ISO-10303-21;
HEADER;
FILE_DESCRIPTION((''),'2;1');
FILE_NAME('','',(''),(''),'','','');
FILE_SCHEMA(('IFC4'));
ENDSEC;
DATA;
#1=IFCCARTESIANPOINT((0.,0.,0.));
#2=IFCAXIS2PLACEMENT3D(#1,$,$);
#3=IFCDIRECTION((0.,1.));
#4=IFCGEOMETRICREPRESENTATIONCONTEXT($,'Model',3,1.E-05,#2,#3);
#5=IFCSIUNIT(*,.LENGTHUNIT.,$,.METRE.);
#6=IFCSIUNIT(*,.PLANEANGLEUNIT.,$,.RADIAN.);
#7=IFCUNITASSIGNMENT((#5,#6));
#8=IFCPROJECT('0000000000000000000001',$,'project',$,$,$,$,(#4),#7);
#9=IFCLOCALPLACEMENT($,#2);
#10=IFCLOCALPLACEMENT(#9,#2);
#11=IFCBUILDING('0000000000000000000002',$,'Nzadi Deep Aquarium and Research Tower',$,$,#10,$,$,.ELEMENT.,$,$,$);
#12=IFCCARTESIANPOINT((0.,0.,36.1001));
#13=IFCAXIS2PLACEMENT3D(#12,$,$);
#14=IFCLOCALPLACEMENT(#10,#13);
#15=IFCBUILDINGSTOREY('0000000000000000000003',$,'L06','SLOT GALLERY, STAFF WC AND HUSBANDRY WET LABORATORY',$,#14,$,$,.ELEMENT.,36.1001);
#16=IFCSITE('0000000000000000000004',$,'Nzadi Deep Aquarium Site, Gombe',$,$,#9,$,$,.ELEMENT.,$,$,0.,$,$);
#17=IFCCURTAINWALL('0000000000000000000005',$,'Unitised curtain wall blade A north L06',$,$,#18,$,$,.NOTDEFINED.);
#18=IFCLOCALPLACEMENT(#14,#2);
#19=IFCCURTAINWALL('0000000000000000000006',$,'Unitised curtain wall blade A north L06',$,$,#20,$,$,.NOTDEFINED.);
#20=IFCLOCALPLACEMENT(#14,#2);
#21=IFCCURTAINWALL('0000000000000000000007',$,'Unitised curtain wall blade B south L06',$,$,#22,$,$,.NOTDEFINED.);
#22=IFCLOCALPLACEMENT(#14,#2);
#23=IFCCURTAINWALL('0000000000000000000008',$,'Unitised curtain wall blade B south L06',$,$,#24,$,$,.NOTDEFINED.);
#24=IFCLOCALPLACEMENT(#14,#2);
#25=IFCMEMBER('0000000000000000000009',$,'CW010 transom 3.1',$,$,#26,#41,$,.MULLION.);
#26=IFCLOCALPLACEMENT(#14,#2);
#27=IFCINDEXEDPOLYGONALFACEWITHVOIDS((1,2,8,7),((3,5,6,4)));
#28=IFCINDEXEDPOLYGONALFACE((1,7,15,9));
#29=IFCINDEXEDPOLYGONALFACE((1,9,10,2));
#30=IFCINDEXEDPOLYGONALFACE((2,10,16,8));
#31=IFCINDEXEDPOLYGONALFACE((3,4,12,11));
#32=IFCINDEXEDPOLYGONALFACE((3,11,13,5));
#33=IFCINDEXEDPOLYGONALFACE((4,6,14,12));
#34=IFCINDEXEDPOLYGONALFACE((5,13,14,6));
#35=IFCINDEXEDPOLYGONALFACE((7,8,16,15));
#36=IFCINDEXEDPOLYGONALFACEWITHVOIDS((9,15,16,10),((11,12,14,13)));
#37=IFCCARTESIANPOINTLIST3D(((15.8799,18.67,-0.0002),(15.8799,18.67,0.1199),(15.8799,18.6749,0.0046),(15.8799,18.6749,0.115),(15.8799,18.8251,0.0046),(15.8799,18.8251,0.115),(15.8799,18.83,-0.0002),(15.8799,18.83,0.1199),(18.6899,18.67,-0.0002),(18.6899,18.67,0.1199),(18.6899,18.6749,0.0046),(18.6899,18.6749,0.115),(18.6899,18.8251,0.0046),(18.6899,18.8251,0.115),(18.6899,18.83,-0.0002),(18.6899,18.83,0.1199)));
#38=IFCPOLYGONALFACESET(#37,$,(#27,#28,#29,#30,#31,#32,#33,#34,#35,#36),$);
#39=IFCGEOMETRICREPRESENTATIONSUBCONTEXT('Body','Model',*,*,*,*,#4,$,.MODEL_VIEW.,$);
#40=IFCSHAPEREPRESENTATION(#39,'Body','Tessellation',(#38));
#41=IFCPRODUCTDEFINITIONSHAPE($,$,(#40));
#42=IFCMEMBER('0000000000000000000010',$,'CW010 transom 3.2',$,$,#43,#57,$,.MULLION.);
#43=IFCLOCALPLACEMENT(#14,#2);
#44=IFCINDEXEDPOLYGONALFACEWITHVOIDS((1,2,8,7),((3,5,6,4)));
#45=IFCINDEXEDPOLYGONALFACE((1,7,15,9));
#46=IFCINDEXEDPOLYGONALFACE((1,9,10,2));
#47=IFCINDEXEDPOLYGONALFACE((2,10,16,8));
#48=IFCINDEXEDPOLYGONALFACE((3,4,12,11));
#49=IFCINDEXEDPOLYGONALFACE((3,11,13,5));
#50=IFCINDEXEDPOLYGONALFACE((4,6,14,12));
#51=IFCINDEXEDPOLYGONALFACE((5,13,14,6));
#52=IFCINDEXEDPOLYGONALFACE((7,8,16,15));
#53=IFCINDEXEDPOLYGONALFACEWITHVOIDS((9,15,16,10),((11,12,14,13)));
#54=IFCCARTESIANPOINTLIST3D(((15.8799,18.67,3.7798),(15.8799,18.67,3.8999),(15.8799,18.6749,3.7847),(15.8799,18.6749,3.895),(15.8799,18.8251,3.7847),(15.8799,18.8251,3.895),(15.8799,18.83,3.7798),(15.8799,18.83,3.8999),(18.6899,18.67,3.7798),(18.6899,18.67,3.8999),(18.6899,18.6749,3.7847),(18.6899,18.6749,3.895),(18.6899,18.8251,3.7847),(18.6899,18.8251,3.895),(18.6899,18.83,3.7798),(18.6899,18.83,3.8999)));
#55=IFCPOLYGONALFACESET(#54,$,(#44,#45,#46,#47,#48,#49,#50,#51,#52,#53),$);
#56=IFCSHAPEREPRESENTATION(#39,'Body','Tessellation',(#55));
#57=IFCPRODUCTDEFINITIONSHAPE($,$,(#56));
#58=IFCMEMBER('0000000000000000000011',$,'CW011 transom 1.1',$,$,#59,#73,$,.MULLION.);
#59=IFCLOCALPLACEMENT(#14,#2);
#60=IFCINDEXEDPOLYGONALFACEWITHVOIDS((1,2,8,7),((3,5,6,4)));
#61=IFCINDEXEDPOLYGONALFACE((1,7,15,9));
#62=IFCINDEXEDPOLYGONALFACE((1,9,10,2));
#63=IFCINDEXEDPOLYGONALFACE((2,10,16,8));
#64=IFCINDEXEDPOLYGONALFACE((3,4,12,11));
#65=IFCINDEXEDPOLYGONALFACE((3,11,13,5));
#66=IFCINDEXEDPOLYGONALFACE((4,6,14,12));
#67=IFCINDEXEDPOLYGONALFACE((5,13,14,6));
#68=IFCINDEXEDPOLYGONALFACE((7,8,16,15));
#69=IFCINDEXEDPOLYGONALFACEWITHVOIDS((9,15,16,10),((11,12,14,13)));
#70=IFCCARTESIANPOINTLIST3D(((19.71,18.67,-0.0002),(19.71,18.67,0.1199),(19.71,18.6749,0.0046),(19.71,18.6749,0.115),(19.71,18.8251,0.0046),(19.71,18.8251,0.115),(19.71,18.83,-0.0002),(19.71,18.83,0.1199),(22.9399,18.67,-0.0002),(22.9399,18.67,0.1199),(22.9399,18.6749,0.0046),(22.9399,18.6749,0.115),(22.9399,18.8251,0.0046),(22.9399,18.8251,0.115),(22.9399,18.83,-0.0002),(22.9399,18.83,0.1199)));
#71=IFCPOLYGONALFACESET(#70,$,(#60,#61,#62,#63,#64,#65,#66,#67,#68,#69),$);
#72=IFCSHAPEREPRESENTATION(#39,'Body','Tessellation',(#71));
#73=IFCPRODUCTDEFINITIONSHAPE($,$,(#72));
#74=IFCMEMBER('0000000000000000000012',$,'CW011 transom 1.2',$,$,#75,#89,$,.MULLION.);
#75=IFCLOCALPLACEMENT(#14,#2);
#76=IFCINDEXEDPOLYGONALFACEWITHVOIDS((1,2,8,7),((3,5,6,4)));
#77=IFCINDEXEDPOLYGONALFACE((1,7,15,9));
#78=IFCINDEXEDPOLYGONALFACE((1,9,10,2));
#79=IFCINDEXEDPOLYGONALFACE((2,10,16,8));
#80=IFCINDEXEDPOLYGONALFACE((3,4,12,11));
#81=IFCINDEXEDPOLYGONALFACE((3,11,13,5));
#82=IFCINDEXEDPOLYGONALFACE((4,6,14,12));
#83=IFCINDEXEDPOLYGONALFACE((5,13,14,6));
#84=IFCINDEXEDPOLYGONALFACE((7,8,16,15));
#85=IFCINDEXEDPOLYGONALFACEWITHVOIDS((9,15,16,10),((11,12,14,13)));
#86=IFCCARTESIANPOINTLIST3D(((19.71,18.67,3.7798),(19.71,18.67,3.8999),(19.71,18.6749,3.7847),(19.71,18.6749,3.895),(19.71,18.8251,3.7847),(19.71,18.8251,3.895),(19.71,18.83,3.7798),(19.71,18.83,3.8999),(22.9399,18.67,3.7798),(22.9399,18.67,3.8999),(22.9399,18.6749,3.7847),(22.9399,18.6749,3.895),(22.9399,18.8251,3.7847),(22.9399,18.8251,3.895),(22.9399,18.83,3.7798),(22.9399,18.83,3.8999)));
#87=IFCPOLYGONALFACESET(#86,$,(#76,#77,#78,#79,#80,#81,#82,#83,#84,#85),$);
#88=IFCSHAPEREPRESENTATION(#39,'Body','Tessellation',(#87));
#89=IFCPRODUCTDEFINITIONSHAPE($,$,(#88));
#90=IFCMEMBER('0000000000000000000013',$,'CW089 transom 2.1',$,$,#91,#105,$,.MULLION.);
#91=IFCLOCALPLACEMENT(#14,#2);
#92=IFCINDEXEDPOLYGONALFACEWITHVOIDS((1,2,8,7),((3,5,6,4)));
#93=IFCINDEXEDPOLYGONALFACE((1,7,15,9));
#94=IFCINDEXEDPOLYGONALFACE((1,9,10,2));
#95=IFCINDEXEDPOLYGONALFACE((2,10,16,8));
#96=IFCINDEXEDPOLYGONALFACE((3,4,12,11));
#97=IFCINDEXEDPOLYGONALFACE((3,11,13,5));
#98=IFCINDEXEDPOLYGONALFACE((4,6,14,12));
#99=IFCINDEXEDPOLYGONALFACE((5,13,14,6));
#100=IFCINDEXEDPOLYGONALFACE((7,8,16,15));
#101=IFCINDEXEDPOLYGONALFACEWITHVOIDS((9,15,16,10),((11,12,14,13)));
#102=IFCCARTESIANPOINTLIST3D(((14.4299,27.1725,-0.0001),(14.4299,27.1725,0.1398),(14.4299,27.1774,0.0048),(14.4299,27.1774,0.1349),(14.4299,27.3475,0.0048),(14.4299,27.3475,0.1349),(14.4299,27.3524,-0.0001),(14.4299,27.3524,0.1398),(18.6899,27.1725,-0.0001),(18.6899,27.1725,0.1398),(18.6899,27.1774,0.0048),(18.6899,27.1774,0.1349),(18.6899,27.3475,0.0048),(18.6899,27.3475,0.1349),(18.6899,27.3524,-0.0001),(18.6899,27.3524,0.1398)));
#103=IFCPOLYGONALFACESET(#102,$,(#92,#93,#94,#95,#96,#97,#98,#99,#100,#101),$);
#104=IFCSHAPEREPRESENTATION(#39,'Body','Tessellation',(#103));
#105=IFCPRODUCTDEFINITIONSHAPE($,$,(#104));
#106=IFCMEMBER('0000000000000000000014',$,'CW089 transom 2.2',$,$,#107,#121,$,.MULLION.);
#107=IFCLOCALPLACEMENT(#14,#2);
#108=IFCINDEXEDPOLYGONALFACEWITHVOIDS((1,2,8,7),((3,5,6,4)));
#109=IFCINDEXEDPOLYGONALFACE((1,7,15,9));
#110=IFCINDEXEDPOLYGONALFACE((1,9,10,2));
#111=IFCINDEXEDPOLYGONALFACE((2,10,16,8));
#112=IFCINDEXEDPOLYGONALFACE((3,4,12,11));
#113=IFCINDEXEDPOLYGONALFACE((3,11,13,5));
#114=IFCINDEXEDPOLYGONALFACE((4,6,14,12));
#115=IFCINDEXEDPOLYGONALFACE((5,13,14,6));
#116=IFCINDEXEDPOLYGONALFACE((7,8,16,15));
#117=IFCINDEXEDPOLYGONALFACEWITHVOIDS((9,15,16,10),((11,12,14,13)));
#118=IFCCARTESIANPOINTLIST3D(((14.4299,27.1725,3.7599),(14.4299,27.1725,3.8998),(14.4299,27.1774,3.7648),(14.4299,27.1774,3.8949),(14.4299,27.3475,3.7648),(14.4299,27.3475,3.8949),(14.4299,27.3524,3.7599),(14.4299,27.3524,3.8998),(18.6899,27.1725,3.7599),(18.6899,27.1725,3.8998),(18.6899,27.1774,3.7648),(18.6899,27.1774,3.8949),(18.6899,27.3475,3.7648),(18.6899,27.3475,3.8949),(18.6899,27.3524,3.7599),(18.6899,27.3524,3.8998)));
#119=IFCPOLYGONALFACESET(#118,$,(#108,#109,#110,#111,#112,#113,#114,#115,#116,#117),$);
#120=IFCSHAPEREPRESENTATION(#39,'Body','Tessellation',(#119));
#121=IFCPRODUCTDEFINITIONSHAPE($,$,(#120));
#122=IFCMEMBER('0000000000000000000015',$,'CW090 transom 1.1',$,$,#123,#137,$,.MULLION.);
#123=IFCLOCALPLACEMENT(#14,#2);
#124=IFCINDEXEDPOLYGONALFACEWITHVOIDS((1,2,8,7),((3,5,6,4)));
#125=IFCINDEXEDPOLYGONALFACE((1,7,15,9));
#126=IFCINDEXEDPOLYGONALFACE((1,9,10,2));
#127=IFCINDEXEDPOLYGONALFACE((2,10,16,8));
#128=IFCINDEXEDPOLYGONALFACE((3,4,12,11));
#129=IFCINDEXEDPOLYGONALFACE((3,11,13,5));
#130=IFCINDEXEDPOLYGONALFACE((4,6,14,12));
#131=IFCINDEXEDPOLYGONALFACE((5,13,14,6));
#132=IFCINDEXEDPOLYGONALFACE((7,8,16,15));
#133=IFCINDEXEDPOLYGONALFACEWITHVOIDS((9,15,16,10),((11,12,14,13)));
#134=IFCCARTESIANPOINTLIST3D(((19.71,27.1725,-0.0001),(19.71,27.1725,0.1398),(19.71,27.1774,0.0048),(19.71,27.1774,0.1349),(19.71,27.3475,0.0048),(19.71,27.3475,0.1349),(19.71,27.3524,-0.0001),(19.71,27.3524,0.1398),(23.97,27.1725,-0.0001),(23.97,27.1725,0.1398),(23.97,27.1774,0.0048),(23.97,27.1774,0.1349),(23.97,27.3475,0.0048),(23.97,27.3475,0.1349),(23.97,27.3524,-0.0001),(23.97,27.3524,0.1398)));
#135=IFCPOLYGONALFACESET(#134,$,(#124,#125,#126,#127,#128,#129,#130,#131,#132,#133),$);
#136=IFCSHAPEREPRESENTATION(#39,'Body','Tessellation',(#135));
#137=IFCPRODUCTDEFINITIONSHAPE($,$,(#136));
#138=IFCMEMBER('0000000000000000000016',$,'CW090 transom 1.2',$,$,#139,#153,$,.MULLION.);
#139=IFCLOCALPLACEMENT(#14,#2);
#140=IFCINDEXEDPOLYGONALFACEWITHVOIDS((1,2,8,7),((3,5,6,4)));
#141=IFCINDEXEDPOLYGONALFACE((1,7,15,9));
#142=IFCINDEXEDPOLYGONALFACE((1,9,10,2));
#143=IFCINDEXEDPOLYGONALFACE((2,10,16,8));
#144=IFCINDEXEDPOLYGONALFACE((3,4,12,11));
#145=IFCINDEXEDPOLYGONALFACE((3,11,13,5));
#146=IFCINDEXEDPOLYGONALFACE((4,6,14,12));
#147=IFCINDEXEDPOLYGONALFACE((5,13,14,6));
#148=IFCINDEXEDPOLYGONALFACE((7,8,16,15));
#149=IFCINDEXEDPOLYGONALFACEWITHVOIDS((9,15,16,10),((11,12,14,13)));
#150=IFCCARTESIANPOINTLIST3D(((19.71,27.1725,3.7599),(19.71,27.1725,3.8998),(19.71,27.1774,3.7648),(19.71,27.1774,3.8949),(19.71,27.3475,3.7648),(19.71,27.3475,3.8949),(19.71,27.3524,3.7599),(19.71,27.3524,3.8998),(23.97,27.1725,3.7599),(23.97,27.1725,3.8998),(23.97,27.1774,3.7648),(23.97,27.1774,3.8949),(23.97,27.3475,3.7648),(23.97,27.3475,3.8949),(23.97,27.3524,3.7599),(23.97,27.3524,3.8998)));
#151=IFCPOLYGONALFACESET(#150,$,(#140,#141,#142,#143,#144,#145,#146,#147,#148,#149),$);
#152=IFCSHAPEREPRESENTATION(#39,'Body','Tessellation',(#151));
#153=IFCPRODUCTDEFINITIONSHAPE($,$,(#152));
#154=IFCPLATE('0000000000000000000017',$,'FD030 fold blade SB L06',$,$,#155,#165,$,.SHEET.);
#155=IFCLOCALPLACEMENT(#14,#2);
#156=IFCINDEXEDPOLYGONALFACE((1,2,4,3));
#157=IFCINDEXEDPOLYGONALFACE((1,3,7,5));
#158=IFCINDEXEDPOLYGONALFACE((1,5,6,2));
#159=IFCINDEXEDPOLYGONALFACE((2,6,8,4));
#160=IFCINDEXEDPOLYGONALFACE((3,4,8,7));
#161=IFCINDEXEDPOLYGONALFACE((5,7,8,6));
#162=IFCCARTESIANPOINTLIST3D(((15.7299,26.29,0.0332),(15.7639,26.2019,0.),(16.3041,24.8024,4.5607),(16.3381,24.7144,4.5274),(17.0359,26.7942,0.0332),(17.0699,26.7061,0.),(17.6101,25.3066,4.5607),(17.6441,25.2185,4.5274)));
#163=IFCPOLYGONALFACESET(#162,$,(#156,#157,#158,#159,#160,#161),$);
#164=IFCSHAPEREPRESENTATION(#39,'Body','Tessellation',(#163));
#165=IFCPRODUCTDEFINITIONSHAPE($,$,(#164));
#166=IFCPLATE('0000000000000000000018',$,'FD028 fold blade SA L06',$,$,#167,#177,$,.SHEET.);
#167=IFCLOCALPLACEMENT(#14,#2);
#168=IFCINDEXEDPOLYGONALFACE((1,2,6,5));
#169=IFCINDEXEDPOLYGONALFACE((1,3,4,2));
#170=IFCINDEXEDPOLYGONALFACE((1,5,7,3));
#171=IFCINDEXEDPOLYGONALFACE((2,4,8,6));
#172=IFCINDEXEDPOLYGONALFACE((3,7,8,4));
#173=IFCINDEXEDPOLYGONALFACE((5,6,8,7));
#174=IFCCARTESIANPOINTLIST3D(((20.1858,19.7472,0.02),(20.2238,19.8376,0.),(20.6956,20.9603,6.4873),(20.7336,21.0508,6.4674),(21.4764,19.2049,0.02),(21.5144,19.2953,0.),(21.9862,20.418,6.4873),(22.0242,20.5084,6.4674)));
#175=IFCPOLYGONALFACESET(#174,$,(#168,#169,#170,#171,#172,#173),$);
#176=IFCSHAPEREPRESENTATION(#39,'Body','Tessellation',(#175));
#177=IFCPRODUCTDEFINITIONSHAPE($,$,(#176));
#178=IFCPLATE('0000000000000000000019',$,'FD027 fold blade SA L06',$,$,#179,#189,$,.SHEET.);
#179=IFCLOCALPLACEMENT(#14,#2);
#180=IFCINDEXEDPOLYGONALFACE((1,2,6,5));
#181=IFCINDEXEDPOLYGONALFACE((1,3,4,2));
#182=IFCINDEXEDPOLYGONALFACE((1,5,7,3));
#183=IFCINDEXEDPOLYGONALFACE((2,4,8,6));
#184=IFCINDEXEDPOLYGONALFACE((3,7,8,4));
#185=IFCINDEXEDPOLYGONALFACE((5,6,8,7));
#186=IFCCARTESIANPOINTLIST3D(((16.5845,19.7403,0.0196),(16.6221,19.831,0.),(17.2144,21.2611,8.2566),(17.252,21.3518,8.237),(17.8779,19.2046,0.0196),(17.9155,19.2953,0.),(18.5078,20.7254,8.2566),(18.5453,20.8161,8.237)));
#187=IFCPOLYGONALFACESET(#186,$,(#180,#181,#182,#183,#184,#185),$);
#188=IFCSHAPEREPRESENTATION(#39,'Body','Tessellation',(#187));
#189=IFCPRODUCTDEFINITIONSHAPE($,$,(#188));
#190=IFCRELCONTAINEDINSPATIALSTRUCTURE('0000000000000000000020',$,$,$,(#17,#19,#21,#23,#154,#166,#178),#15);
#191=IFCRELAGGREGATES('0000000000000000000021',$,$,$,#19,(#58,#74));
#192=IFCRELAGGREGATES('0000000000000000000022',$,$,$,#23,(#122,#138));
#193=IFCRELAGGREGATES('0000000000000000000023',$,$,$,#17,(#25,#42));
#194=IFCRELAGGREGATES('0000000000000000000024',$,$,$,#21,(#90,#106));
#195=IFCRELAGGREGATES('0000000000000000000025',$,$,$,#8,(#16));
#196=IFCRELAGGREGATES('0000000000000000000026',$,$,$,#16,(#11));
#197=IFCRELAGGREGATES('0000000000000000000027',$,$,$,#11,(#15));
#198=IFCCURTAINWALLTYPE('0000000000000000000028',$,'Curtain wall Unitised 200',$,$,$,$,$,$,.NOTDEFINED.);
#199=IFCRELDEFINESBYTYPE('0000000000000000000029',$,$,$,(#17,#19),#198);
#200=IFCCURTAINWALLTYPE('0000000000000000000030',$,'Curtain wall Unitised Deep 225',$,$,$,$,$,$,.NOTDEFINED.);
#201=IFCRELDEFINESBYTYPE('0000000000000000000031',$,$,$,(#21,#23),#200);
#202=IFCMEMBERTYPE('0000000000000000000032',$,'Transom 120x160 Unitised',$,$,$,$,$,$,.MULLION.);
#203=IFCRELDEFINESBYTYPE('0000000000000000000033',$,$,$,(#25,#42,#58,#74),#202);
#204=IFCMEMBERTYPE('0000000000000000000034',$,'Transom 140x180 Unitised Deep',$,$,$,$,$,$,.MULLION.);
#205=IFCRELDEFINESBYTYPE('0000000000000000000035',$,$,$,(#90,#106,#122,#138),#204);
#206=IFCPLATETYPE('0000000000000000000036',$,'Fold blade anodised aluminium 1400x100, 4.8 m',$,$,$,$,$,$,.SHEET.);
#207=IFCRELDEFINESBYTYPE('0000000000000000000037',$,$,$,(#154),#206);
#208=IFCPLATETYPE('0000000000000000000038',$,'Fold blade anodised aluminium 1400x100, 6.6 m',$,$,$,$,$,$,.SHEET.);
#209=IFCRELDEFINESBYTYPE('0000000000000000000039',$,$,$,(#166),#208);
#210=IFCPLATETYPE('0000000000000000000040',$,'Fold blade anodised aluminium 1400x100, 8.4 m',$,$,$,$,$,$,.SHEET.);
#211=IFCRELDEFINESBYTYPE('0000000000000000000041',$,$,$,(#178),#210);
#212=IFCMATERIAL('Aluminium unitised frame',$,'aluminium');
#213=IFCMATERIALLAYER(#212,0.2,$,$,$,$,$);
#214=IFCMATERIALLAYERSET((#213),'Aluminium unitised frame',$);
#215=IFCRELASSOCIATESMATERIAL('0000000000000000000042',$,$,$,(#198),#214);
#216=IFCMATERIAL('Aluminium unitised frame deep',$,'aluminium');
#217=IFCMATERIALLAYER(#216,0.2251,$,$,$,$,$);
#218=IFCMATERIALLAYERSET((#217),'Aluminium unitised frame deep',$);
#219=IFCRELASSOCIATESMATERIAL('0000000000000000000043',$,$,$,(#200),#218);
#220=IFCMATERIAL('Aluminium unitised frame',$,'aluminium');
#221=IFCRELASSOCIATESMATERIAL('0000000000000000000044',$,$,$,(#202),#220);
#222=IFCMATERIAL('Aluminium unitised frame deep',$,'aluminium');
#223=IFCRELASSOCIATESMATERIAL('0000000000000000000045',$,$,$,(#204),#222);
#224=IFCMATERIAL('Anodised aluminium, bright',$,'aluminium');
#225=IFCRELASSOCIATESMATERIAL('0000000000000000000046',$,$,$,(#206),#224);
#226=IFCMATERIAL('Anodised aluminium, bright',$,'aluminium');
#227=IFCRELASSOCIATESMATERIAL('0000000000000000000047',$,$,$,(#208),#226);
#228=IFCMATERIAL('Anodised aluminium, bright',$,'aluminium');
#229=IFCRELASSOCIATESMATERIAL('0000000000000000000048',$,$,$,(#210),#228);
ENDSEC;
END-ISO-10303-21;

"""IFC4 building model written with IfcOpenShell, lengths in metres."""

from ifc_helpers import new_model, si_unit, direction, frame, origin, origin_2d, place, context, subcontext, project, spatial, rectangle, hollow_rectangle, extrude, material, layer, layer_set, material_profile, profile_set, type_object, element, aggregate, save


model = new_model("IFC4")

# Units and contexts
model_context = context("Model", 3, precision=1e-05, world=origin(), true_north=direction((0.0, 1.0)))
body_context = subcontext(model_context, "Body", "Model", "MODEL_VIEW")
ifc_project = project(units=[si_unit("LENGTHUNIT", "METRE"), si_unit("PLANEANGLEUNIT", "RADIAN")], contexts=[model_context])

# Site, building, storey
site_placement = place(None, origin())
site = spatial("IfcSite", under=ifc_project, at=site_placement, Name="Nzadi Deep Aquarium Site, Gombe", CompositionType="ELEMENT", RefElevation=0.0)
building_placement = place(site_placement, origin())
building = spatial("IfcBuilding", under=site, at=building_placement, Name="Nzadi Deep Aquarium and Research Tower", CompositionType="ELEMENT")
storey_placement = place(building_placement, frame((0.0, 0.0, 36.1001)))
storey = spatial("IfcBuildingStorey", under=building, at=storey_placement, Name="L06", Description="SLOT GALLERY, STAFF WC AND HUSBANDRY WET LABORATORY", CompositionType="ELEMENT", Elevation=36.1001)

# Curtain wall
ifc_material_1 = material(Name="Aluminium unitised frame", Category="aluminium")
ifc_layer_1 = layer(ifc_material_1, 0.2)
ifc_layer_set_1 = layer_set([ifc_layer_1], Name="Aluminium unitised frame")
curtain_wall_type_1 = type_object("IfcCurtainWallType", Name="Curtain wall Unitised 200", PredefinedType="NOTDEFINED", material=ifc_layer_set_1)
curtain_wall_1_placement = place(storey_placement, origin())
curtain_wall_1 = element("IfcCurtainWall", 1, at=curtain_wall_1_placement, inside=storey, type_object=curtain_wall_type_1, Name="Unitised curtain wall blade A north L06", PredefinedType="NOTDEFINED")

# Curtain wall
curtain_wall_2_placement = place(storey_placement, origin())
curtain_wall_2 = element("IfcCurtainWall", 2, at=curtain_wall_2_placement, inside=storey, type_object=curtain_wall_type_1, Name="Unitised curtain wall blade A north L06", PredefinedType="NOTDEFINED")

# Curtain wall
ifc_material_2 = material(Name="Aluminium unitised frame deep", Category="aluminium")
ifc_layer_2 = layer(ifc_material_2, 0.2251)
ifc_layer_set_2 = layer_set([ifc_layer_2], Name="Aluminium unitised frame deep")
curtain_wall_type_2 = type_object("IfcCurtainWallType", Name="Curtain wall Unitised Deep 225", PredefinedType="NOTDEFINED", material=ifc_layer_set_2)
curtain_wall_3_placement = place(storey_placement, origin())
curtain_wall_3 = element("IfcCurtainWall", 3, at=curtain_wall_3_placement, inside=storey, type_object=curtain_wall_type_2, Name="Unitised curtain wall blade B south L06", PredefinedType="NOTDEFINED")

# Curtain wall
curtain_wall_4_placement = place(storey_placement, origin())
curtain_wall_4 = element("IfcCurtainWall", 4, at=curtain_wall_4_placement, inside=storey, type_object=curtain_wall_type_2, Name="Unitised curtain wall blade B south L06", PredefinedType="NOTDEFINED")

# Members
ifc_material_3 = material(Name="Aluminium unitised frame", Category="aluminium")
ifc_material_profile_1 = material_profile(ifc_material_3, hollow_rectangle(XDim=0.1599, YDim=0.1201, WallThickness=0.0049, at=origin_2d()))
ifc_profile_set_1 = profile_set([ifc_material_profile_1], Name="Aluminium unitised frame")
member_type_1 = type_object("IfcMemberType", Name="Transom 120x160 Unitised", PredefinedType="MULLION", material=ifc_profile_set_1)
member_1_placement = place(storey_placement, frame((15.8799, 18.75, 0.0598), z_axis=(1.0, 0.0, 0.0), x_axis=(0.0, 1.0, 0.0)))
member_1 = element("IfcMember", 5, at=member_1_placement, type_object=member_type_1, Name="CW010 transom 3.1", PredefinedType="MULLION", context=body_context, shape_type="SweptSolid", body=[
    extrude(hollow_rectangle(XDim=0.1599, YDim=0.1201, WallThickness=0.0049, at=origin_2d()), origin(), (0.0, 0.0, 1.0), 2.8101),
])
member_2_placement = place(storey_placement, frame((15.8799, 18.75, 3.8398), z_axis=(1.0, 0.0, 0.0), x_axis=(0.0, 1.0, 0.0)))
member_2 = element("IfcMember", 6, at=member_2_placement, type_object=member_type_1, Name="CW010 transom 3.2", PredefinedType="MULLION", context=body_context, shape_type="SweptSolid", body=[
    extrude(hollow_rectangle(XDim=0.1599, YDim=0.1201, WallThickness=0.0049, at=origin_2d()), origin(), (0.0, 0.0, 1.0), 2.8101),
])
member_3_placement = place(storey_placement, frame((19.71, 18.75, 0.0598), z_axis=(1.0, 0.0, 0.0), x_axis=(0.0, 1.0, 0.0)))
member_3 = element("IfcMember", 7, at=member_3_placement, type_object=member_type_1, Name="CW011 transom 1.1", PredefinedType="MULLION", context=body_context, shape_type="SweptSolid", body=[
    extrude(hollow_rectangle(XDim=0.1599, YDim=0.1201, WallThickness=0.0049, at=origin_2d()), origin(), (0.0, 0.0, 1.0), 3.23),
])
member_4_placement = place(storey_placement, frame((19.71, 18.75, 3.8398), z_axis=(1.0, 0.0, 0.0), x_axis=(0.0, 1.0, 0.0)))
member_4 = element("IfcMember", 8, at=member_4_placement, type_object=member_type_1, Name="CW011 transom 1.2", PredefinedType="MULLION", context=body_context, shape_type="SweptSolid", body=[
    extrude(hollow_rectangle(XDim=0.1599, YDim=0.1201, WallThickness=0.0049, at=origin_2d()), origin(), (0.0, 0.0, 1.0), 3.23),
])
aggregate(curtain_wall_2, [member_3, member_4])
ifc_material_4 = material(Name="Aluminium unitised frame deep", Category="aluminium")
ifc_material_profile_2 = material_profile(ifc_material_4, hollow_rectangle(XDim=0.1799, YDim=0.1399, WallThickness=0.0049, at=origin_2d()))
ifc_profile_set_2 = profile_set([ifc_material_profile_2], Name="Aluminium unitised frame deep")
member_type_2 = type_object("IfcMemberType", Name="Transom 140x180 Unitised Deep", PredefinedType="MULLION", material=ifc_profile_set_2)
member_5_placement = place(storey_placement, frame((14.4299, 27.2625, 0.0698), z_axis=(1.0, 0.0, 0.0), x_axis=(0.0, 1.0, 0.0)))
member_5 = element("IfcMember", 9, at=member_5_placement, type_object=member_type_2, Name="CW089 transom 2.1", PredefinedType="MULLION", context=body_context, shape_type="SweptSolid", body=[
    extrude(hollow_rectangle(XDim=0.1799, YDim=0.1399, WallThickness=0.0049, at=origin_2d()), origin(), (0.0, 0.0, 1.0), 4.26),
])
member_6_placement = place(storey_placement, frame((14.4299, 27.2625, 3.8298), z_axis=(1.0, 0.0, 0.0), x_axis=(0.0, 1.0, 0.0)))
member_6 = element("IfcMember", 10, at=member_6_placement, type_object=member_type_2, Name="CW089 transom 2.2", PredefinedType="MULLION", context=body_context, shape_type="SweptSolid", body=[
    extrude(hollow_rectangle(XDim=0.1799, YDim=0.1399, WallThickness=0.0049, at=origin_2d()), origin(), (0.0, 0.0, 1.0), 4.26),
])
member_7_placement = place(storey_placement, frame((19.71, 27.2625, 0.0698), z_axis=(1.0, 0.0, 0.0), x_axis=(0.0, 1.0, 0.0)))
member_7 = element("IfcMember", 11, at=member_7_placement, type_object=member_type_2, Name="CW090 transom 1.1", PredefinedType="MULLION", context=body_context, shape_type="SweptSolid", body=[
    extrude(hollow_rectangle(XDim=0.1799, YDim=0.1399, WallThickness=0.0049, at=origin_2d()), origin(), (0.0, 0.0, 1.0), 4.26),
])
member_8_placement = place(storey_placement, frame((19.71, 27.2625, 3.8298), z_axis=(1.0, 0.0, 0.0), x_axis=(0.0, 1.0, 0.0)))
member_8 = element("IfcMember", 12, at=member_8_placement, type_object=member_type_2, Name="CW090 transom 1.2", PredefinedType="MULLION", context=body_context, shape_type="SweptSolid", body=[
    extrude(hollow_rectangle(XDim=0.1799, YDim=0.1399, WallThickness=0.0049, at=origin_2d()), origin(), (0.0, 0.0, 1.0), 4.26),
])
aggregate(curtain_wall_4, [member_7, member_8])

# Plates
ifc_material_5 = material(Name="Anodised aluminium, bright", Category="aluminium")
ifc_material_profile_3 = material_profile(ifc_material_5, rectangle(XDim=1.3999, YDim=0.1001, at=origin_2d()))
ifc_profile_set_3 = profile_set([ifc_material_profile_3], Name="Anodised aluminium, bright")
plate_type_1 = type_object("IfcPlateType", Name="Fold blade anodised aluminium 1400x100, 4.8 m", PredefinedType="SHEET", material=ifc_profile_set_3)
plate_1_placement = place(storey_placement, frame((16.3999, 26.498, 0.0166), z_axis=(0.119631, -0.30991, 0.94321), x_axis=(0.932907, 0.360118, 0.0)))
element("IfcPlate", 13, at=plate_1_placement, inside=storey, type_object=plate_type_1, Name="FD030 fold blade SB L06", PredefinedType="SHEET", context=body_context, shape_type="SweptSolid", body=[
    extrude(rectangle(XDim=1.3999, YDim=0.1001, at=origin_2d()), origin(), (0.0, 0.0, 1.0), 4.8),
])
ifc_material_6 = material(Name="Anodised aluminium, bright", Category="aluminium")
ifc_material_profile_4 = material_profile(ifc_material_6, rectangle(XDim=1.3999, YDim=0.1001, at=origin_2d()))
ifc_profile_set_4 = profile_set([ifc_material_profile_4], Name="Anodised aluminium, bright")
plate_type_2 = type_object("IfcPlateType", Name="Fold blade anodised aluminium 1400x100, 6.6 m", PredefinedType="SHEET", material=ifc_profile_set_4)
plate_2_placement = place(storey_placement, frame((20.8501, 19.5212, 0.01), z_axis=(0.07724, 0.183814, 0.979922), x_axis=(-0.921915, 0.387393, 0.0)))
element("IfcPlate", 14, at=plate_2_placement, inside=storey, type_object=plate_type_2, Name="FD028 fold blade SA L06", PredefinedType="SHEET", context=body_context, shape_type="SweptSolid", body=[
    extrude(rectangle(XDim=1.3999, YDim=0.1001, at=origin_2d()), origin(), (0.0, 0.0, 1.0), 6.5999),
])
ifc_material_7 = material(Name="Anodised aluminium, bright", Category="aluminium")
ifc_material_profile_5 = material_profile(ifc_material_7, rectangle(XDim=1.3999, YDim=0.1001, at=origin_2d()))
ifc_profile_set_5 = profile_set([ifc_material_profile_5], Name="Anodised aluminium, bright")
plate_type_3 = type_object("IfcPlateType", Name="Fold blade anodised aluminium 1400x100, 8.4 m", PredefinedType="SHEET", material=ifc_profile_set_5)
plate_3_placement = place(storey_placement, frame((17.25, 19.5178, 0.0098), z_axis=(0.074987, 0.181044, 0.980612), x_axis=(-0.923887, 0.382666, 0.0)))
element("IfcPlate", 15, at=plate_3_placement, inside=storey, type_object=plate_type_3, Name="FD027 fold blade SA L06", PredefinedType="SHEET", context=body_context, shape_type="SweptSolid", body=[
    extrude(rectangle(XDim=1.3999, YDim=0.1001, at=origin_2d()), origin(), (0.0, 0.0, 1.0), 8.3999),
])

aggregate(curtain_wall_1, [member_1, member_2])
aggregate(curtain_wall_3, [member_5, member_6])

save(model, "model.ifc")
